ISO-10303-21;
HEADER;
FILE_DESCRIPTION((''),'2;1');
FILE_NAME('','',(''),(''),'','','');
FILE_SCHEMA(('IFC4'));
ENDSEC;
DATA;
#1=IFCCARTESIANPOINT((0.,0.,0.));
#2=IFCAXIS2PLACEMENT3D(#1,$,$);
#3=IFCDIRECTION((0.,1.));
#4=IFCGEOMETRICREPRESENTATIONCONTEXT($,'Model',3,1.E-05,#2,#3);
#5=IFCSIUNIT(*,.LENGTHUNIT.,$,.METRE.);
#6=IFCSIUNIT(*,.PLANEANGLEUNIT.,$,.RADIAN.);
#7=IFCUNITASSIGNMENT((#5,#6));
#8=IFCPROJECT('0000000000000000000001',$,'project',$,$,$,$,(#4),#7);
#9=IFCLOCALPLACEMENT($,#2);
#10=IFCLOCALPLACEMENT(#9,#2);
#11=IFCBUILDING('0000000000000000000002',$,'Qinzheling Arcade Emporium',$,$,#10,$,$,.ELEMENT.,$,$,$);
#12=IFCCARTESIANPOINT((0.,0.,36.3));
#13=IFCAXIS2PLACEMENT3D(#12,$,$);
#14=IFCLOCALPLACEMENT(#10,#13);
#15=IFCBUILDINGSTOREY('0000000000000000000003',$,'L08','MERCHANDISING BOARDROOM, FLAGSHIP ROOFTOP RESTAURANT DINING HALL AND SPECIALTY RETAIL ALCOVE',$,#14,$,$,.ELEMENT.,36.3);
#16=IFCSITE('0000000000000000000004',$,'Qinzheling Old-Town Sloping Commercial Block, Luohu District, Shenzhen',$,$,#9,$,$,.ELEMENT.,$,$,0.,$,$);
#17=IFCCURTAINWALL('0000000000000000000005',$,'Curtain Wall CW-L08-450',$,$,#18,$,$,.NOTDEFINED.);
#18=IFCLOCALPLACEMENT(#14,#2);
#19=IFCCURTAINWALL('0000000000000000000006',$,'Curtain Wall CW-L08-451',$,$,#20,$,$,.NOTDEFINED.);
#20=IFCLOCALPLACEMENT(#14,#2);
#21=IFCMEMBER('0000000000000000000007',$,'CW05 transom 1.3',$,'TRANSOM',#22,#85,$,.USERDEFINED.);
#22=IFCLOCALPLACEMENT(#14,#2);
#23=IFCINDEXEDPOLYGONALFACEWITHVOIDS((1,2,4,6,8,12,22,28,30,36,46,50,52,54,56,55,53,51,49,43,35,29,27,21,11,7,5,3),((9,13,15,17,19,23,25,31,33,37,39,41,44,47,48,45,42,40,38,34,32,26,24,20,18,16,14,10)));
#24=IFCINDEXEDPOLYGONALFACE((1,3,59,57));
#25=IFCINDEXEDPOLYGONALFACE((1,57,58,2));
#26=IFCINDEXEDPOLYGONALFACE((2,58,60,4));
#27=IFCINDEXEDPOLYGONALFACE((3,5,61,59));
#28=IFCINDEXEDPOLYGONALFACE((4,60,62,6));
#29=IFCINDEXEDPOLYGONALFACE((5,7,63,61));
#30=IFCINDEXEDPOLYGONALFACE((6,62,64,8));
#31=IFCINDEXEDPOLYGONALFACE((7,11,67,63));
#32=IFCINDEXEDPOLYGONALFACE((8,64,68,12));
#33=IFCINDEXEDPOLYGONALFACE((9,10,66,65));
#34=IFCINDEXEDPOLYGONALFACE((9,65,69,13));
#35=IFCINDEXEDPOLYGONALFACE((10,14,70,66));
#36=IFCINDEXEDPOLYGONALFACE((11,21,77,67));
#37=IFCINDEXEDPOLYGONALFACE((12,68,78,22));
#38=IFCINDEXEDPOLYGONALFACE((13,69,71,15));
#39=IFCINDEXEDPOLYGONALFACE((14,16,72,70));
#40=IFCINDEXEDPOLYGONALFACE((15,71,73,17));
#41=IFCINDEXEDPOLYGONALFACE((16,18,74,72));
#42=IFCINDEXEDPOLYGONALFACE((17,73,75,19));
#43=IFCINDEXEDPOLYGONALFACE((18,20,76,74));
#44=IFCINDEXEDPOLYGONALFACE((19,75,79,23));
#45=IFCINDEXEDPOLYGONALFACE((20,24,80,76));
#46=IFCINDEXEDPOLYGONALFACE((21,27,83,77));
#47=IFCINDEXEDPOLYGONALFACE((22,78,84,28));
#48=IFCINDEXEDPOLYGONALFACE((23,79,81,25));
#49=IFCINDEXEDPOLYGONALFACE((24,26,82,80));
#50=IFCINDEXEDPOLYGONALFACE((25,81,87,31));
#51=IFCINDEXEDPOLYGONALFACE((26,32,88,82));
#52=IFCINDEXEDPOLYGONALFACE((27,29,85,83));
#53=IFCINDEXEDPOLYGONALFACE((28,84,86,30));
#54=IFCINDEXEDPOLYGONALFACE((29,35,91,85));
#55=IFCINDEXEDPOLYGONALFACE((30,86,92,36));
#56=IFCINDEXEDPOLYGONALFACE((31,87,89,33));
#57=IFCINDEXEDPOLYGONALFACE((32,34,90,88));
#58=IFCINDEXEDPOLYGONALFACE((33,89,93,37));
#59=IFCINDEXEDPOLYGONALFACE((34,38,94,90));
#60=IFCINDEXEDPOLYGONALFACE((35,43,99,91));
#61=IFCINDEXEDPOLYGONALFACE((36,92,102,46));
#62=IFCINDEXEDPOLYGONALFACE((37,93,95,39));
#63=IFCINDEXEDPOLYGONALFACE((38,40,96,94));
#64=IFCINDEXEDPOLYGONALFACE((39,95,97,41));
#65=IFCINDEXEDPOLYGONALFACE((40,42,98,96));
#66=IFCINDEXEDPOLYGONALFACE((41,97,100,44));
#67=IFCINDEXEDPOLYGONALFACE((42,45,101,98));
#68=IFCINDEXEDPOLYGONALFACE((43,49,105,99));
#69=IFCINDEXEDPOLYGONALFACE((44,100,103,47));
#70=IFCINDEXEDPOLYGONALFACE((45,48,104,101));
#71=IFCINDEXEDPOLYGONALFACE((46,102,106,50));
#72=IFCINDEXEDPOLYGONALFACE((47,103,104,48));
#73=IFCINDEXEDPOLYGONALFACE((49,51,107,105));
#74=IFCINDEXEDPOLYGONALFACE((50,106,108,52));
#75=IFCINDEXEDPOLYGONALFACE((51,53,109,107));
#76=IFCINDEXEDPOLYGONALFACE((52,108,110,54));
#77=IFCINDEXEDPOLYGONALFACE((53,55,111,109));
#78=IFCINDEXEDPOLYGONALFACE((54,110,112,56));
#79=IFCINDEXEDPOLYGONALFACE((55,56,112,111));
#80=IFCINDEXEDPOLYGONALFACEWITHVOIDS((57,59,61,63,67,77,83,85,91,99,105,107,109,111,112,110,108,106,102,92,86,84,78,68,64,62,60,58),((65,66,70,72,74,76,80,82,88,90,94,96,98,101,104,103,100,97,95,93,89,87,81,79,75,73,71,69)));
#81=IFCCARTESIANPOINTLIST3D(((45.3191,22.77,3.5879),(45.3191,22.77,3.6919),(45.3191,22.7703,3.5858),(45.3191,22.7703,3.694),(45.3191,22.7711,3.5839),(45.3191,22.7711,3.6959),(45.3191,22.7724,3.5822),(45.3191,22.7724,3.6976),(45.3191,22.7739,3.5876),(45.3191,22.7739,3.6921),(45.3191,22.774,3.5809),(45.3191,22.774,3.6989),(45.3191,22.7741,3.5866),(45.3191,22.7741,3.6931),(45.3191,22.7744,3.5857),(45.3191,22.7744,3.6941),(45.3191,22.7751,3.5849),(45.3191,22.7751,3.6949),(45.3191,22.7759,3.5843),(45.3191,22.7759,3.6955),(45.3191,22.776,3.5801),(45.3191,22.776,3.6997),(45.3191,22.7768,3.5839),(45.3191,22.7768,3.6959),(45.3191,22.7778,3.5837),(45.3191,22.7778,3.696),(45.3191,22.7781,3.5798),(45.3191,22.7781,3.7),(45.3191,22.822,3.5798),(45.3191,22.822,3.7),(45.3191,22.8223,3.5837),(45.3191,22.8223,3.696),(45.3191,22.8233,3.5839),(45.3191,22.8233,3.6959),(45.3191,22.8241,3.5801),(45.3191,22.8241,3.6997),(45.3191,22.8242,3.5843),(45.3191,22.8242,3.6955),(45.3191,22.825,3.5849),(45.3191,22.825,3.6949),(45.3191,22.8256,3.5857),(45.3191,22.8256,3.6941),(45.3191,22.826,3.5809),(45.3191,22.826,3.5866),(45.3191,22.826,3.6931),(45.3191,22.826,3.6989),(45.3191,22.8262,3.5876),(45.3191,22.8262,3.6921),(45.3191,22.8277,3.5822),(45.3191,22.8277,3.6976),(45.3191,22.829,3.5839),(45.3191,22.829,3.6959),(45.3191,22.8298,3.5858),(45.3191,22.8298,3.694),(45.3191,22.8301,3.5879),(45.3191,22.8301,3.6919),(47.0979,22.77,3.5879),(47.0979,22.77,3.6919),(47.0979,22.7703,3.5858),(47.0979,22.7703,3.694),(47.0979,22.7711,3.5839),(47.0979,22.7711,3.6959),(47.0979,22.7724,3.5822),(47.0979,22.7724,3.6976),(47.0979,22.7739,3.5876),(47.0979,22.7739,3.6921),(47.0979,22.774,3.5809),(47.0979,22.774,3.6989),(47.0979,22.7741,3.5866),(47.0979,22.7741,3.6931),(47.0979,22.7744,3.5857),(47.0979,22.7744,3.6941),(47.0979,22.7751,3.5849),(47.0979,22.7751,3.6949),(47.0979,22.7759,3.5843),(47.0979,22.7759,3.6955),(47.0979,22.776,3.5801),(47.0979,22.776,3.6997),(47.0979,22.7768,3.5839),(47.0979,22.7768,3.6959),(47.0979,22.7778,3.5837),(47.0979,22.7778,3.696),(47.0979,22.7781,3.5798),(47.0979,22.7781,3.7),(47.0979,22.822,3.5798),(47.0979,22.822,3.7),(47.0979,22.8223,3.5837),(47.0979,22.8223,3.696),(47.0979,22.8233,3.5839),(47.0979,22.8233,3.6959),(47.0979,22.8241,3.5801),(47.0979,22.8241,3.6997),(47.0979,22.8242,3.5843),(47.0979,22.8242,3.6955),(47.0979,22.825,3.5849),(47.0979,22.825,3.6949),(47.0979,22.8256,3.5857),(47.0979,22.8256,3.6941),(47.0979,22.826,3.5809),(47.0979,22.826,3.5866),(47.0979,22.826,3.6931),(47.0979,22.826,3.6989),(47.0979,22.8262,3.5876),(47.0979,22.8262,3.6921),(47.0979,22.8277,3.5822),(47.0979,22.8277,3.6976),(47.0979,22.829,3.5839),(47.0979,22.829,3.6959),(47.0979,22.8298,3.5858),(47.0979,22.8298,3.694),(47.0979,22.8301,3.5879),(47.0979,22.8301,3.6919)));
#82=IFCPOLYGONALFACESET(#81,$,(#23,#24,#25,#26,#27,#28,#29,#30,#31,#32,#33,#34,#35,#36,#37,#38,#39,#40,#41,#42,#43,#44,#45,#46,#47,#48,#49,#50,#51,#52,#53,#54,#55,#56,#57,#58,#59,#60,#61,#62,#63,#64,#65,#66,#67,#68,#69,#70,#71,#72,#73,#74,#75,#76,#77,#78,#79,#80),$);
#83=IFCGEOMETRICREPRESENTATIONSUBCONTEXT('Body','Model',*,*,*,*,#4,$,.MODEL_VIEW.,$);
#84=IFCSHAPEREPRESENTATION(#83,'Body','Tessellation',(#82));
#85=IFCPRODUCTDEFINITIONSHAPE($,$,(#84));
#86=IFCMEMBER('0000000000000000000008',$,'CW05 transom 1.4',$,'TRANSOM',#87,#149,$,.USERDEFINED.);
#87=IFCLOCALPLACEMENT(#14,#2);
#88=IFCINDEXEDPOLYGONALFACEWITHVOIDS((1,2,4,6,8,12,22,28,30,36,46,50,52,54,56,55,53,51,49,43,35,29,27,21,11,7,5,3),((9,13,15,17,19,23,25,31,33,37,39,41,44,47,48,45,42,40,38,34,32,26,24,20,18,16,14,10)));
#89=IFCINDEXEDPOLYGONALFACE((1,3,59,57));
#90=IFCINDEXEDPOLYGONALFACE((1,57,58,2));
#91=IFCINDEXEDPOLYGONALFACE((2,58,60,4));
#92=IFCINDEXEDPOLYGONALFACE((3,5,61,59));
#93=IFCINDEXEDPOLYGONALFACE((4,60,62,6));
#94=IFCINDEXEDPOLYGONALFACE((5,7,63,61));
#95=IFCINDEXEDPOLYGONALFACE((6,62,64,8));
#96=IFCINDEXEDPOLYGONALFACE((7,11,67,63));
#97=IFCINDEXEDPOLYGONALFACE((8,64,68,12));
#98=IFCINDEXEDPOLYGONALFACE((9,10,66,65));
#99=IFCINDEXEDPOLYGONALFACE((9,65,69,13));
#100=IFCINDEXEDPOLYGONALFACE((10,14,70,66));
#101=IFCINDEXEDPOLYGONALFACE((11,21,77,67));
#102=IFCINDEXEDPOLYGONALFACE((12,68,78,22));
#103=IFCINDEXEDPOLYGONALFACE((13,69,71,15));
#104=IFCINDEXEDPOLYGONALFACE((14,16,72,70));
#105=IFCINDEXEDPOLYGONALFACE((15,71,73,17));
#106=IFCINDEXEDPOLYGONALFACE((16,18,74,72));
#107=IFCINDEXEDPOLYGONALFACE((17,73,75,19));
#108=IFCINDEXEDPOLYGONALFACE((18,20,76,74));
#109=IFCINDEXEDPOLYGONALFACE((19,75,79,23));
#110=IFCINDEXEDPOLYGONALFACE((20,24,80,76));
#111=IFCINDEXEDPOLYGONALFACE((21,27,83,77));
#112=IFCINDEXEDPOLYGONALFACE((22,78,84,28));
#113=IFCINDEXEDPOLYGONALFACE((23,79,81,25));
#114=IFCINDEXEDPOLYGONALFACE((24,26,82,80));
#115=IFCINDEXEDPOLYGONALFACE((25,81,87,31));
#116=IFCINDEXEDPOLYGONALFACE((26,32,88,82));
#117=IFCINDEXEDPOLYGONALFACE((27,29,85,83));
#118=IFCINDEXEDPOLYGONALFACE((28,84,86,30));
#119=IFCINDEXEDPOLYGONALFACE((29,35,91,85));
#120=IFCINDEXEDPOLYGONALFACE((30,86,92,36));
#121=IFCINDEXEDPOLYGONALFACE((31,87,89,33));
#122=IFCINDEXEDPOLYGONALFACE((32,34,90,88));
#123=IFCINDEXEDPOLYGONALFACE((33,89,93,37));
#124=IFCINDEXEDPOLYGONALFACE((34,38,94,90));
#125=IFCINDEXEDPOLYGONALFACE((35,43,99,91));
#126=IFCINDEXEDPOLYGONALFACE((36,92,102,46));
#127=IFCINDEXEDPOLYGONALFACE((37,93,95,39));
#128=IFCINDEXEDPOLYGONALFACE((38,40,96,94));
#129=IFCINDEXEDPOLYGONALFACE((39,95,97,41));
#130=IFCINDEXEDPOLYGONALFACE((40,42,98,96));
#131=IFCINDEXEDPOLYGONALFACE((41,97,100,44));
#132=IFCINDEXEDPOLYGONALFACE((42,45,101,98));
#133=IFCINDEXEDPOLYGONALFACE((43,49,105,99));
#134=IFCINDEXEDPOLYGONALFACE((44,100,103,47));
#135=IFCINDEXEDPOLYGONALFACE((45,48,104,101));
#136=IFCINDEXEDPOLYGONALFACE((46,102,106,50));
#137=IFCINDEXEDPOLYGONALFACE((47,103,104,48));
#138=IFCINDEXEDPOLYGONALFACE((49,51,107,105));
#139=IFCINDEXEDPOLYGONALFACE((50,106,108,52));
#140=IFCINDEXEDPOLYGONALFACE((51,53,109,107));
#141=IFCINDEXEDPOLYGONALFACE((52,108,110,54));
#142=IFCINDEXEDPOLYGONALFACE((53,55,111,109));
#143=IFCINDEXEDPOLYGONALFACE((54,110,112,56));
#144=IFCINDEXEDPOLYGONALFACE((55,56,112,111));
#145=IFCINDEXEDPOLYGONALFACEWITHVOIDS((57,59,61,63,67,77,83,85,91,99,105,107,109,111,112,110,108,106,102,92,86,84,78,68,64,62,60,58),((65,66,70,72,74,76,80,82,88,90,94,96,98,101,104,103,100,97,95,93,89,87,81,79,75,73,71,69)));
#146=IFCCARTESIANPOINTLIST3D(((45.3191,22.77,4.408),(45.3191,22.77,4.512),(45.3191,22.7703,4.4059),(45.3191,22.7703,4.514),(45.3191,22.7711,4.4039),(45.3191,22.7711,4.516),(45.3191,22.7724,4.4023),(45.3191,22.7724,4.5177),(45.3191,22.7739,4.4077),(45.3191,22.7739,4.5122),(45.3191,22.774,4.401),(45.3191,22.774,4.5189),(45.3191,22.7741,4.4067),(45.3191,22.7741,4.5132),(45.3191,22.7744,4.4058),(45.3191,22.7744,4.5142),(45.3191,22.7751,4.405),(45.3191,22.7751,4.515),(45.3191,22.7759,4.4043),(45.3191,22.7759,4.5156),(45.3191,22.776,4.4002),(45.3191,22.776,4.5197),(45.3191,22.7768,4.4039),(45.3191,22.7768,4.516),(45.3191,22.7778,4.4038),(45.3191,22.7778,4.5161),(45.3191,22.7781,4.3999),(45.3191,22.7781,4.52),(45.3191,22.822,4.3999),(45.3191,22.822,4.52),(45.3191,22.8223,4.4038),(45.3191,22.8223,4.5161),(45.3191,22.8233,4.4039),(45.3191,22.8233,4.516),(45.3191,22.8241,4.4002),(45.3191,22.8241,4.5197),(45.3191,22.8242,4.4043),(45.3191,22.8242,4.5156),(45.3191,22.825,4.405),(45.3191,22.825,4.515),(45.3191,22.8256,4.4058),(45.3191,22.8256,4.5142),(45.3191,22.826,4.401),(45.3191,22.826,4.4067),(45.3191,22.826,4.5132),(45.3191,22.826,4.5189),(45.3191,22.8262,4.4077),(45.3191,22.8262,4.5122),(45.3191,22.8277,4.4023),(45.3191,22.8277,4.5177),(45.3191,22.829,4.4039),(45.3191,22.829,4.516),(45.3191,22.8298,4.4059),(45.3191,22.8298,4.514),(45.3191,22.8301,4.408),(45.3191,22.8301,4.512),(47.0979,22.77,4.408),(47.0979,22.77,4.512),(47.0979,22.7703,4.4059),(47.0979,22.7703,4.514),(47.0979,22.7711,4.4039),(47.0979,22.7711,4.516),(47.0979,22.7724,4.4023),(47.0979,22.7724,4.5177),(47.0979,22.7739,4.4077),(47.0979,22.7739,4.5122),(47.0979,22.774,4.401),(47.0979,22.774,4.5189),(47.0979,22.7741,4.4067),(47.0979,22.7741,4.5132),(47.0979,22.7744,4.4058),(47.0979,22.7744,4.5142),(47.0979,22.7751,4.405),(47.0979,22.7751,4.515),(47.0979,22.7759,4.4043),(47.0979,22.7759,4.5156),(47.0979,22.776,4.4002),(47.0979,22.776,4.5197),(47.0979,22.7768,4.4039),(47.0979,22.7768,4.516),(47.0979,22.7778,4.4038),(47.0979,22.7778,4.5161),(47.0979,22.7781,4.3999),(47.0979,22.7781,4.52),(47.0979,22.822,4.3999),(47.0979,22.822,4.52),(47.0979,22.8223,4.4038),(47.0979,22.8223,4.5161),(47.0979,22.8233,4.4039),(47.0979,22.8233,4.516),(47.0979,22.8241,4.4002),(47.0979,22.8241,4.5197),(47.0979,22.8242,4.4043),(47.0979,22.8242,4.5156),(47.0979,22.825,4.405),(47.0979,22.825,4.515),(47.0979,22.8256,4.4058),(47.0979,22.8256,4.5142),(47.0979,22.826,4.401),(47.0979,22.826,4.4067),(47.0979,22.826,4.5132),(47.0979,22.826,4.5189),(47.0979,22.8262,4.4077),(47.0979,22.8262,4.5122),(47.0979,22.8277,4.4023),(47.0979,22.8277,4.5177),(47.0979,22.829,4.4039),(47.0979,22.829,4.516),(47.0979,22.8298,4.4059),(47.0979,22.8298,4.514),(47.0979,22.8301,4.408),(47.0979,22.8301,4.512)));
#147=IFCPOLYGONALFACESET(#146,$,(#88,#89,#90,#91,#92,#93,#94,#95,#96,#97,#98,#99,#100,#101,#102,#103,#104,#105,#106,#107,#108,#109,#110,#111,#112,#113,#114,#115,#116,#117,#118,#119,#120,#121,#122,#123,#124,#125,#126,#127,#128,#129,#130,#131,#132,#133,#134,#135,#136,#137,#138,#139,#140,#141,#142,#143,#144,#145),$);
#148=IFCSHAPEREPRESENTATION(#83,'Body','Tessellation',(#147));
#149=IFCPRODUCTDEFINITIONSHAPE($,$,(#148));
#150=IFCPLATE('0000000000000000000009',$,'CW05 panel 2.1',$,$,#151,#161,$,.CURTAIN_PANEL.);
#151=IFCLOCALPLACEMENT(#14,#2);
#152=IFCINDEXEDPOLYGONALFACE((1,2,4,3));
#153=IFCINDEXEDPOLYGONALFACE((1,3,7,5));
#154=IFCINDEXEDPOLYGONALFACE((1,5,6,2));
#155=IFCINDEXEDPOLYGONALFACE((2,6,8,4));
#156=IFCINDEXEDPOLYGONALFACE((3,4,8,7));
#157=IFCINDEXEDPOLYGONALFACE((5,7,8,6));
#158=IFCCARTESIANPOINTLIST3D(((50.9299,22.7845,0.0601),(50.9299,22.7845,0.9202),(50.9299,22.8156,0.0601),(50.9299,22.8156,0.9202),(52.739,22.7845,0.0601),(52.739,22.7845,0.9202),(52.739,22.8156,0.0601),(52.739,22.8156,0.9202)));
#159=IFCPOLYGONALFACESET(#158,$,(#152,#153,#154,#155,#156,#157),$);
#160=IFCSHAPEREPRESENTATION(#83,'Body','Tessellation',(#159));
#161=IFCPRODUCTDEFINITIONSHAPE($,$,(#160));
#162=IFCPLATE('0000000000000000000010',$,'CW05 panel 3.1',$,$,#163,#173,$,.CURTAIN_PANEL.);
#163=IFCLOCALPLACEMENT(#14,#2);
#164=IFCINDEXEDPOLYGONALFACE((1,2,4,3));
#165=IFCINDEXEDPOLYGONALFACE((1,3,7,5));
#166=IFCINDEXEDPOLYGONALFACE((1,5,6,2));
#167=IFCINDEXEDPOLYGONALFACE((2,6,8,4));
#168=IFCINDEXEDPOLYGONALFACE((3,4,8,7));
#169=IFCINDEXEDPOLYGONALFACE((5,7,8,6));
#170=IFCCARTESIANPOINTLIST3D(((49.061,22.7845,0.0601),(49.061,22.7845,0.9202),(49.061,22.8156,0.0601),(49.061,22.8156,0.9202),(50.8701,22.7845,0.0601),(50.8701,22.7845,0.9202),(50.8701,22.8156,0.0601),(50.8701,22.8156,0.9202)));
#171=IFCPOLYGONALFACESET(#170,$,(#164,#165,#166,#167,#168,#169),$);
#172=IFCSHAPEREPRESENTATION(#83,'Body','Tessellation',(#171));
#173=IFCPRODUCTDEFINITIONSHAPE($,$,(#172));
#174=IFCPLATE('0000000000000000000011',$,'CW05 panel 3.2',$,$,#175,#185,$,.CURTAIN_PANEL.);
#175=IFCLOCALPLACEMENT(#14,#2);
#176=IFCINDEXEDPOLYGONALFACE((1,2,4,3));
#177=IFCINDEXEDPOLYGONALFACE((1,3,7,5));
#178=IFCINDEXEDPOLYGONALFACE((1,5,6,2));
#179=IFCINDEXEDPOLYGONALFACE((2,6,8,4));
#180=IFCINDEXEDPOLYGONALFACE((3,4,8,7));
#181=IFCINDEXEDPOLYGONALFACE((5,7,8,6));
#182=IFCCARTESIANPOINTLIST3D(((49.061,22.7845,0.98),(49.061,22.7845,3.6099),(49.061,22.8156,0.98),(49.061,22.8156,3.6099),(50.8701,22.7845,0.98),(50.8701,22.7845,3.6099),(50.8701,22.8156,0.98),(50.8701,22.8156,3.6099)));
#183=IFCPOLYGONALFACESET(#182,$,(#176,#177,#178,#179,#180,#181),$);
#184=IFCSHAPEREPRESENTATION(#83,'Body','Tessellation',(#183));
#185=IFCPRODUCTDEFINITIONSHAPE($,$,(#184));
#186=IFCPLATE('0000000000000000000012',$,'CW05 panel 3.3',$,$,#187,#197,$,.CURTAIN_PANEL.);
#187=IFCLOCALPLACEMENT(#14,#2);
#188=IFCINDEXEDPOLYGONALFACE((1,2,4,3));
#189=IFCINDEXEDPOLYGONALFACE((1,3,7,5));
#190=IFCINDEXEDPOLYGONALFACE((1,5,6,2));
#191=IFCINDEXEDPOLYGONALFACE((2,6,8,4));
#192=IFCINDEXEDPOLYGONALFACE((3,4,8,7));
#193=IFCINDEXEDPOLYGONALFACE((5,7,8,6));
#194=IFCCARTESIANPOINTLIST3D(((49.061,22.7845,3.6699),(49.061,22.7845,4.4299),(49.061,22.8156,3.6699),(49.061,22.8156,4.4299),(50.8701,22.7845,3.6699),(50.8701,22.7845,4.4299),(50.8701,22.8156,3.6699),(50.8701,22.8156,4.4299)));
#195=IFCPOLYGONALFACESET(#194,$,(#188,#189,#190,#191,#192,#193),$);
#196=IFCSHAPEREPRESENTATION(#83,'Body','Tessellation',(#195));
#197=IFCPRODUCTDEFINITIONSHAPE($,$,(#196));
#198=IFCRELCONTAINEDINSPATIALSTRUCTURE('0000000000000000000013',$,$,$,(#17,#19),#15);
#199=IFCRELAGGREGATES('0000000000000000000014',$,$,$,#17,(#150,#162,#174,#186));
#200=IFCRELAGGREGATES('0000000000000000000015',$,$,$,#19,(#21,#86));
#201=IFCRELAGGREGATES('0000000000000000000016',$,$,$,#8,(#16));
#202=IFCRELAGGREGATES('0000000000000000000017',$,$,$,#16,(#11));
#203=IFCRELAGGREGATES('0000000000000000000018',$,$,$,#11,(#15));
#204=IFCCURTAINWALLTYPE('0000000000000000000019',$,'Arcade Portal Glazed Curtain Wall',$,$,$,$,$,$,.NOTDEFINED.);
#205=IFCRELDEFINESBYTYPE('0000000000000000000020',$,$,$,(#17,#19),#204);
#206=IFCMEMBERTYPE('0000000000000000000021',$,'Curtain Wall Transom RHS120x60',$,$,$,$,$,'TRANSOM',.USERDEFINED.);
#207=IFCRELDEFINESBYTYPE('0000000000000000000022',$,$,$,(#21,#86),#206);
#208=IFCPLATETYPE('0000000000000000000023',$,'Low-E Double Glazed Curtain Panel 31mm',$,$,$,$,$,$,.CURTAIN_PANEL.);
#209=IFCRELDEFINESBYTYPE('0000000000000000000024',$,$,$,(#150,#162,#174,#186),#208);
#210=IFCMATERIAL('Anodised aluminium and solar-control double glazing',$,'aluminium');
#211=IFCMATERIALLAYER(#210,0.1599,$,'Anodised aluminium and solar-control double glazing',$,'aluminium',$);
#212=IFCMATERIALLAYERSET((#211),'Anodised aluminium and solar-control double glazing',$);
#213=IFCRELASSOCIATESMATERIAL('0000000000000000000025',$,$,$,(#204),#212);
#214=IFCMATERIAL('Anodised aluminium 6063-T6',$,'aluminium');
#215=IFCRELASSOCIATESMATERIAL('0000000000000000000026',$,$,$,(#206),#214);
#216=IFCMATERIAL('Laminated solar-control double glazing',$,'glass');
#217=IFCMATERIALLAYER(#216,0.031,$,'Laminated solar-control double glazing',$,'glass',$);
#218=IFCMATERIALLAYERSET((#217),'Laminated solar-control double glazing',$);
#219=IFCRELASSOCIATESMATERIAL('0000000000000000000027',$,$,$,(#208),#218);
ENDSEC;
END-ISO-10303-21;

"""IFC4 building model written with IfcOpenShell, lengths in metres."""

from ifc_helpers import new_model, si_unit, direction, frame, origin, origin_2d, place, context, subcontext, project, spatial, rectangle, hollow_rectangle, extrude, material, layer, layer_set, material_profile, profile_set, type_object, element, aggregate, save


model = new_model("IFC4")

# Units and contexts
model_context = context("Model", 3, precision=1e-05, world=origin(), true_north=direction((0.0, 1.0)))
body_context = subcontext(model_context, "Body", "Model", "MODEL_VIEW")
ifc_project = project(units=[si_unit("LENGTHUNIT", "METRE"), si_unit("PLANEANGLEUNIT", "RADIAN")], contexts=[model_context])

# Site, building, storey
site_placement = place(None, origin())
site = spatial("IfcSite", under=ifc_project, at=site_placement, Name="Qinzheling Old-Town Sloping Commercial Block, Luohu District, Shenzhen", CompositionType="ELEMENT", RefElevation=0.0)
building_placement = place(site_placement, origin())
building = spatial("IfcBuilding", under=site, at=building_placement, Name="Qinzheling Arcade Emporium", CompositionType="ELEMENT")
storey_placement = place(building_placement, frame((0.0, 0.0, 36.3)))
storey = spatial("IfcBuildingStorey", under=building, at=storey_placement, Name="L08", Description="MERCHANDISING BOARDROOM, FLAGSHIP ROOFTOP RESTAURANT DINING HALL AND SPECIALTY RETAIL ALCOVE", CompositionType="ELEMENT", Elevation=36.3)

# Curtain wall
ifc_material_1 = material(Name="Anodised aluminium and solar-control double glazing", Category="aluminium")
ifc_layer_1 = layer(ifc_material_1, 0.1599, Name="Anodised aluminium and solar-control double glazing", Category="aluminium")
ifc_layer_set_1 = layer_set([ifc_layer_1], Name="Anodised aluminium and solar-control double glazing")
curtain_wall_type = type_object("IfcCurtainWallType", Name="Arcade Portal Glazed Curtain Wall", PredefinedType="NOTDEFINED", material=ifc_layer_set_1)
curtain_wall_1_placement = place(storey_placement, origin())
curtain_wall_1 = element("IfcCurtainWall", 1, at=curtain_wall_1_placement, inside=storey, type_object=curtain_wall_type, Name="Curtain Wall CW-L08-450", PredefinedType="NOTDEFINED")
ifc_material_2 = material(Name="Anodised aluminium 6063-T6", Category="aluminium")

# Curtain wall
curtain_wall_2_placement = place(storey_placement, origin())
curtain_wall_2 = element("IfcCurtainWall", 2, at=curtain_wall_2_placement, inside=storey, type_object=curtain_wall_type, Name="Curtain Wall CW-L08-451", PredefinedType="NOTDEFINED")

# Members
ifc_material_profile_1 = material_profile(ifc_material_2, hollow_rectangle(XDim=0.0601, YDim=0.1201, WallThickness=0.0039, InnerFilletRadius=0.0039, OuterFilletRadius=0.0081, at=origin_2d()), Name="RHS 120x60x4", Category="aluminium")
ifc_profile_set_1 = profile_set([ifc_material_profile_1], Name="Anodised aluminium 6063-T6")
member_type_1 = type_object("IfcMemberType", Name="Curtain Wall Transom RHS120x60", ElementType="TRANSOM", PredefinedType="USERDEFINED", material=ifc_profile_set_1)
member_1_placement = place(storey_placement, frame((47.0979, 22.8, 3.6399), z_axis=(-1.0, 0.0, 0.0), x_axis=(0.0, -1.0, 0.0)))
member_1 = element("IfcMember", 3, at=member_1_placement, type_object=member_type_1, Name="CW05 transom 1.3", ObjectType="TRANSOM", PredefinedType="USERDEFINED", context=body_context, shape_type="SweptSolid", body=[
    extrude(hollow_rectangle(XDim=0.0601, YDim=0.1201, WallThickness=0.0039, InnerFilletRadius=0.0039, OuterFilletRadius=0.0081, at=origin_2d()), origin(), (0.0, 0.0, 1.0), 1.7788),
])
member_2_placement = place(storey_placement, frame((47.0979, 22.8, 4.46), z_axis=(-1.0, 0.0, 0.0), x_axis=(0.0, -1.0, 0.0)))
member_2 = element("IfcMember", 4, at=member_2_placement, type_object=member_type_1, Name="CW05 transom 1.4", ObjectType="TRANSOM", PredefinedType="USERDEFINED", context=body_context, shape_type="SweptSolid", body=[
    extrude(hollow_rectangle(XDim=0.0601, YDim=0.1201, WallThickness=0.0039, InnerFilletRadius=0.0039, OuterFilletRadius=0.0081, at=origin_2d()), origin(), (0.0, 0.0, 1.0), 1.7788),
])

# Plates
ifc_material_3 = material(Name="Laminated solar-control double glazing", Category="glass")
ifc_layer_2 = layer(ifc_material_3, 0.031, Name="Laminated solar-control double glazing", Category="glass")
ifc_layer_set_2 = layer_set([ifc_layer_2], Name="Laminated solar-control double glazing")
plate_type_1 = type_object("IfcPlateType", Name="Low-E Double Glazed Curtain Panel 31mm", PredefinedType="CURTAIN_PANEL", material=ifc_layer_set_2)
plate_1_placement = place(storey_placement, frame((51.8345, 22.8, 0.0601), z_axis=(0.0, 0.0, 1.0), x_axis=(-1.0, 0.0, 0.0)))
plate_1 = element("IfcPlate", 5, at=plate_1_placement, type_object=plate_type_1, Name="CW05 panel 2.1", PredefinedType="CURTAIN_PANEL", context=body_context, shape_type="SweptSolid", body=[
    extrude(rectangle(XDim=1.8091, YDim=0.031, at=origin_2d()), origin(), (0.0, 0.0, 1.0), 0.8601),
])
plate_2_placement = place(storey_placement, frame((49.9656, 22.8, 0.0601), z_axis=(0.0, 0.0, 1.0), x_axis=(-1.0, 0.0, 0.0)))
plate_2 = element("IfcPlate", 6, at=plate_2_placement, type_object=plate_type_1, Name="CW05 panel 3.1", PredefinedType="CURTAIN_PANEL", context=body_context, shape_type="SweptSolid", body=[
    extrude(rectangle(XDim=1.8091, YDim=0.031, at=origin_2d()), origin(), (0.0, 0.0, 1.0), 0.8601),
])
plate_3_placement = place(storey_placement, frame((49.9656, 22.8, 0.98), z_axis=(0.0, 0.0, 1.0), x_axis=(-1.0, 0.0, 0.0)))
plate_3 = element("IfcPlate", 7, at=plate_3_placement, type_object=plate_type_1, Name="CW05 panel 3.2", PredefinedType="CURTAIN_PANEL", context=body_context, shape_type="SweptSolid", body=[
    extrude(rectangle(XDim=1.8091, YDim=0.031, at=origin_2d()), origin(), (0.0, 0.0, 1.0), 2.6299),
])
plate_4_placement = place(storey_placement, frame((49.9656, 22.8, 3.6699), z_axis=(0.0, 0.0, 1.0), x_axis=(-1.0, 0.0, 0.0)))
plate_4 = element("IfcPlate", 8, at=plate_4_placement, type_object=plate_type_1, Name="CW05 panel 3.3", PredefinedType="CURTAIN_PANEL", context=body_context, shape_type="SweptSolid", body=[
    extrude(rectangle(XDim=1.8091, YDim=0.031, at=origin_2d()), origin(), (0.0, 0.0, 1.0), 0.76),
])
aggregate(curtain_wall_1, [plate_1, plate_2, plate_3, plate_4])
aggregate(curtain_wall_2, [member_1, member_2])

save(model, "model.ifc")
